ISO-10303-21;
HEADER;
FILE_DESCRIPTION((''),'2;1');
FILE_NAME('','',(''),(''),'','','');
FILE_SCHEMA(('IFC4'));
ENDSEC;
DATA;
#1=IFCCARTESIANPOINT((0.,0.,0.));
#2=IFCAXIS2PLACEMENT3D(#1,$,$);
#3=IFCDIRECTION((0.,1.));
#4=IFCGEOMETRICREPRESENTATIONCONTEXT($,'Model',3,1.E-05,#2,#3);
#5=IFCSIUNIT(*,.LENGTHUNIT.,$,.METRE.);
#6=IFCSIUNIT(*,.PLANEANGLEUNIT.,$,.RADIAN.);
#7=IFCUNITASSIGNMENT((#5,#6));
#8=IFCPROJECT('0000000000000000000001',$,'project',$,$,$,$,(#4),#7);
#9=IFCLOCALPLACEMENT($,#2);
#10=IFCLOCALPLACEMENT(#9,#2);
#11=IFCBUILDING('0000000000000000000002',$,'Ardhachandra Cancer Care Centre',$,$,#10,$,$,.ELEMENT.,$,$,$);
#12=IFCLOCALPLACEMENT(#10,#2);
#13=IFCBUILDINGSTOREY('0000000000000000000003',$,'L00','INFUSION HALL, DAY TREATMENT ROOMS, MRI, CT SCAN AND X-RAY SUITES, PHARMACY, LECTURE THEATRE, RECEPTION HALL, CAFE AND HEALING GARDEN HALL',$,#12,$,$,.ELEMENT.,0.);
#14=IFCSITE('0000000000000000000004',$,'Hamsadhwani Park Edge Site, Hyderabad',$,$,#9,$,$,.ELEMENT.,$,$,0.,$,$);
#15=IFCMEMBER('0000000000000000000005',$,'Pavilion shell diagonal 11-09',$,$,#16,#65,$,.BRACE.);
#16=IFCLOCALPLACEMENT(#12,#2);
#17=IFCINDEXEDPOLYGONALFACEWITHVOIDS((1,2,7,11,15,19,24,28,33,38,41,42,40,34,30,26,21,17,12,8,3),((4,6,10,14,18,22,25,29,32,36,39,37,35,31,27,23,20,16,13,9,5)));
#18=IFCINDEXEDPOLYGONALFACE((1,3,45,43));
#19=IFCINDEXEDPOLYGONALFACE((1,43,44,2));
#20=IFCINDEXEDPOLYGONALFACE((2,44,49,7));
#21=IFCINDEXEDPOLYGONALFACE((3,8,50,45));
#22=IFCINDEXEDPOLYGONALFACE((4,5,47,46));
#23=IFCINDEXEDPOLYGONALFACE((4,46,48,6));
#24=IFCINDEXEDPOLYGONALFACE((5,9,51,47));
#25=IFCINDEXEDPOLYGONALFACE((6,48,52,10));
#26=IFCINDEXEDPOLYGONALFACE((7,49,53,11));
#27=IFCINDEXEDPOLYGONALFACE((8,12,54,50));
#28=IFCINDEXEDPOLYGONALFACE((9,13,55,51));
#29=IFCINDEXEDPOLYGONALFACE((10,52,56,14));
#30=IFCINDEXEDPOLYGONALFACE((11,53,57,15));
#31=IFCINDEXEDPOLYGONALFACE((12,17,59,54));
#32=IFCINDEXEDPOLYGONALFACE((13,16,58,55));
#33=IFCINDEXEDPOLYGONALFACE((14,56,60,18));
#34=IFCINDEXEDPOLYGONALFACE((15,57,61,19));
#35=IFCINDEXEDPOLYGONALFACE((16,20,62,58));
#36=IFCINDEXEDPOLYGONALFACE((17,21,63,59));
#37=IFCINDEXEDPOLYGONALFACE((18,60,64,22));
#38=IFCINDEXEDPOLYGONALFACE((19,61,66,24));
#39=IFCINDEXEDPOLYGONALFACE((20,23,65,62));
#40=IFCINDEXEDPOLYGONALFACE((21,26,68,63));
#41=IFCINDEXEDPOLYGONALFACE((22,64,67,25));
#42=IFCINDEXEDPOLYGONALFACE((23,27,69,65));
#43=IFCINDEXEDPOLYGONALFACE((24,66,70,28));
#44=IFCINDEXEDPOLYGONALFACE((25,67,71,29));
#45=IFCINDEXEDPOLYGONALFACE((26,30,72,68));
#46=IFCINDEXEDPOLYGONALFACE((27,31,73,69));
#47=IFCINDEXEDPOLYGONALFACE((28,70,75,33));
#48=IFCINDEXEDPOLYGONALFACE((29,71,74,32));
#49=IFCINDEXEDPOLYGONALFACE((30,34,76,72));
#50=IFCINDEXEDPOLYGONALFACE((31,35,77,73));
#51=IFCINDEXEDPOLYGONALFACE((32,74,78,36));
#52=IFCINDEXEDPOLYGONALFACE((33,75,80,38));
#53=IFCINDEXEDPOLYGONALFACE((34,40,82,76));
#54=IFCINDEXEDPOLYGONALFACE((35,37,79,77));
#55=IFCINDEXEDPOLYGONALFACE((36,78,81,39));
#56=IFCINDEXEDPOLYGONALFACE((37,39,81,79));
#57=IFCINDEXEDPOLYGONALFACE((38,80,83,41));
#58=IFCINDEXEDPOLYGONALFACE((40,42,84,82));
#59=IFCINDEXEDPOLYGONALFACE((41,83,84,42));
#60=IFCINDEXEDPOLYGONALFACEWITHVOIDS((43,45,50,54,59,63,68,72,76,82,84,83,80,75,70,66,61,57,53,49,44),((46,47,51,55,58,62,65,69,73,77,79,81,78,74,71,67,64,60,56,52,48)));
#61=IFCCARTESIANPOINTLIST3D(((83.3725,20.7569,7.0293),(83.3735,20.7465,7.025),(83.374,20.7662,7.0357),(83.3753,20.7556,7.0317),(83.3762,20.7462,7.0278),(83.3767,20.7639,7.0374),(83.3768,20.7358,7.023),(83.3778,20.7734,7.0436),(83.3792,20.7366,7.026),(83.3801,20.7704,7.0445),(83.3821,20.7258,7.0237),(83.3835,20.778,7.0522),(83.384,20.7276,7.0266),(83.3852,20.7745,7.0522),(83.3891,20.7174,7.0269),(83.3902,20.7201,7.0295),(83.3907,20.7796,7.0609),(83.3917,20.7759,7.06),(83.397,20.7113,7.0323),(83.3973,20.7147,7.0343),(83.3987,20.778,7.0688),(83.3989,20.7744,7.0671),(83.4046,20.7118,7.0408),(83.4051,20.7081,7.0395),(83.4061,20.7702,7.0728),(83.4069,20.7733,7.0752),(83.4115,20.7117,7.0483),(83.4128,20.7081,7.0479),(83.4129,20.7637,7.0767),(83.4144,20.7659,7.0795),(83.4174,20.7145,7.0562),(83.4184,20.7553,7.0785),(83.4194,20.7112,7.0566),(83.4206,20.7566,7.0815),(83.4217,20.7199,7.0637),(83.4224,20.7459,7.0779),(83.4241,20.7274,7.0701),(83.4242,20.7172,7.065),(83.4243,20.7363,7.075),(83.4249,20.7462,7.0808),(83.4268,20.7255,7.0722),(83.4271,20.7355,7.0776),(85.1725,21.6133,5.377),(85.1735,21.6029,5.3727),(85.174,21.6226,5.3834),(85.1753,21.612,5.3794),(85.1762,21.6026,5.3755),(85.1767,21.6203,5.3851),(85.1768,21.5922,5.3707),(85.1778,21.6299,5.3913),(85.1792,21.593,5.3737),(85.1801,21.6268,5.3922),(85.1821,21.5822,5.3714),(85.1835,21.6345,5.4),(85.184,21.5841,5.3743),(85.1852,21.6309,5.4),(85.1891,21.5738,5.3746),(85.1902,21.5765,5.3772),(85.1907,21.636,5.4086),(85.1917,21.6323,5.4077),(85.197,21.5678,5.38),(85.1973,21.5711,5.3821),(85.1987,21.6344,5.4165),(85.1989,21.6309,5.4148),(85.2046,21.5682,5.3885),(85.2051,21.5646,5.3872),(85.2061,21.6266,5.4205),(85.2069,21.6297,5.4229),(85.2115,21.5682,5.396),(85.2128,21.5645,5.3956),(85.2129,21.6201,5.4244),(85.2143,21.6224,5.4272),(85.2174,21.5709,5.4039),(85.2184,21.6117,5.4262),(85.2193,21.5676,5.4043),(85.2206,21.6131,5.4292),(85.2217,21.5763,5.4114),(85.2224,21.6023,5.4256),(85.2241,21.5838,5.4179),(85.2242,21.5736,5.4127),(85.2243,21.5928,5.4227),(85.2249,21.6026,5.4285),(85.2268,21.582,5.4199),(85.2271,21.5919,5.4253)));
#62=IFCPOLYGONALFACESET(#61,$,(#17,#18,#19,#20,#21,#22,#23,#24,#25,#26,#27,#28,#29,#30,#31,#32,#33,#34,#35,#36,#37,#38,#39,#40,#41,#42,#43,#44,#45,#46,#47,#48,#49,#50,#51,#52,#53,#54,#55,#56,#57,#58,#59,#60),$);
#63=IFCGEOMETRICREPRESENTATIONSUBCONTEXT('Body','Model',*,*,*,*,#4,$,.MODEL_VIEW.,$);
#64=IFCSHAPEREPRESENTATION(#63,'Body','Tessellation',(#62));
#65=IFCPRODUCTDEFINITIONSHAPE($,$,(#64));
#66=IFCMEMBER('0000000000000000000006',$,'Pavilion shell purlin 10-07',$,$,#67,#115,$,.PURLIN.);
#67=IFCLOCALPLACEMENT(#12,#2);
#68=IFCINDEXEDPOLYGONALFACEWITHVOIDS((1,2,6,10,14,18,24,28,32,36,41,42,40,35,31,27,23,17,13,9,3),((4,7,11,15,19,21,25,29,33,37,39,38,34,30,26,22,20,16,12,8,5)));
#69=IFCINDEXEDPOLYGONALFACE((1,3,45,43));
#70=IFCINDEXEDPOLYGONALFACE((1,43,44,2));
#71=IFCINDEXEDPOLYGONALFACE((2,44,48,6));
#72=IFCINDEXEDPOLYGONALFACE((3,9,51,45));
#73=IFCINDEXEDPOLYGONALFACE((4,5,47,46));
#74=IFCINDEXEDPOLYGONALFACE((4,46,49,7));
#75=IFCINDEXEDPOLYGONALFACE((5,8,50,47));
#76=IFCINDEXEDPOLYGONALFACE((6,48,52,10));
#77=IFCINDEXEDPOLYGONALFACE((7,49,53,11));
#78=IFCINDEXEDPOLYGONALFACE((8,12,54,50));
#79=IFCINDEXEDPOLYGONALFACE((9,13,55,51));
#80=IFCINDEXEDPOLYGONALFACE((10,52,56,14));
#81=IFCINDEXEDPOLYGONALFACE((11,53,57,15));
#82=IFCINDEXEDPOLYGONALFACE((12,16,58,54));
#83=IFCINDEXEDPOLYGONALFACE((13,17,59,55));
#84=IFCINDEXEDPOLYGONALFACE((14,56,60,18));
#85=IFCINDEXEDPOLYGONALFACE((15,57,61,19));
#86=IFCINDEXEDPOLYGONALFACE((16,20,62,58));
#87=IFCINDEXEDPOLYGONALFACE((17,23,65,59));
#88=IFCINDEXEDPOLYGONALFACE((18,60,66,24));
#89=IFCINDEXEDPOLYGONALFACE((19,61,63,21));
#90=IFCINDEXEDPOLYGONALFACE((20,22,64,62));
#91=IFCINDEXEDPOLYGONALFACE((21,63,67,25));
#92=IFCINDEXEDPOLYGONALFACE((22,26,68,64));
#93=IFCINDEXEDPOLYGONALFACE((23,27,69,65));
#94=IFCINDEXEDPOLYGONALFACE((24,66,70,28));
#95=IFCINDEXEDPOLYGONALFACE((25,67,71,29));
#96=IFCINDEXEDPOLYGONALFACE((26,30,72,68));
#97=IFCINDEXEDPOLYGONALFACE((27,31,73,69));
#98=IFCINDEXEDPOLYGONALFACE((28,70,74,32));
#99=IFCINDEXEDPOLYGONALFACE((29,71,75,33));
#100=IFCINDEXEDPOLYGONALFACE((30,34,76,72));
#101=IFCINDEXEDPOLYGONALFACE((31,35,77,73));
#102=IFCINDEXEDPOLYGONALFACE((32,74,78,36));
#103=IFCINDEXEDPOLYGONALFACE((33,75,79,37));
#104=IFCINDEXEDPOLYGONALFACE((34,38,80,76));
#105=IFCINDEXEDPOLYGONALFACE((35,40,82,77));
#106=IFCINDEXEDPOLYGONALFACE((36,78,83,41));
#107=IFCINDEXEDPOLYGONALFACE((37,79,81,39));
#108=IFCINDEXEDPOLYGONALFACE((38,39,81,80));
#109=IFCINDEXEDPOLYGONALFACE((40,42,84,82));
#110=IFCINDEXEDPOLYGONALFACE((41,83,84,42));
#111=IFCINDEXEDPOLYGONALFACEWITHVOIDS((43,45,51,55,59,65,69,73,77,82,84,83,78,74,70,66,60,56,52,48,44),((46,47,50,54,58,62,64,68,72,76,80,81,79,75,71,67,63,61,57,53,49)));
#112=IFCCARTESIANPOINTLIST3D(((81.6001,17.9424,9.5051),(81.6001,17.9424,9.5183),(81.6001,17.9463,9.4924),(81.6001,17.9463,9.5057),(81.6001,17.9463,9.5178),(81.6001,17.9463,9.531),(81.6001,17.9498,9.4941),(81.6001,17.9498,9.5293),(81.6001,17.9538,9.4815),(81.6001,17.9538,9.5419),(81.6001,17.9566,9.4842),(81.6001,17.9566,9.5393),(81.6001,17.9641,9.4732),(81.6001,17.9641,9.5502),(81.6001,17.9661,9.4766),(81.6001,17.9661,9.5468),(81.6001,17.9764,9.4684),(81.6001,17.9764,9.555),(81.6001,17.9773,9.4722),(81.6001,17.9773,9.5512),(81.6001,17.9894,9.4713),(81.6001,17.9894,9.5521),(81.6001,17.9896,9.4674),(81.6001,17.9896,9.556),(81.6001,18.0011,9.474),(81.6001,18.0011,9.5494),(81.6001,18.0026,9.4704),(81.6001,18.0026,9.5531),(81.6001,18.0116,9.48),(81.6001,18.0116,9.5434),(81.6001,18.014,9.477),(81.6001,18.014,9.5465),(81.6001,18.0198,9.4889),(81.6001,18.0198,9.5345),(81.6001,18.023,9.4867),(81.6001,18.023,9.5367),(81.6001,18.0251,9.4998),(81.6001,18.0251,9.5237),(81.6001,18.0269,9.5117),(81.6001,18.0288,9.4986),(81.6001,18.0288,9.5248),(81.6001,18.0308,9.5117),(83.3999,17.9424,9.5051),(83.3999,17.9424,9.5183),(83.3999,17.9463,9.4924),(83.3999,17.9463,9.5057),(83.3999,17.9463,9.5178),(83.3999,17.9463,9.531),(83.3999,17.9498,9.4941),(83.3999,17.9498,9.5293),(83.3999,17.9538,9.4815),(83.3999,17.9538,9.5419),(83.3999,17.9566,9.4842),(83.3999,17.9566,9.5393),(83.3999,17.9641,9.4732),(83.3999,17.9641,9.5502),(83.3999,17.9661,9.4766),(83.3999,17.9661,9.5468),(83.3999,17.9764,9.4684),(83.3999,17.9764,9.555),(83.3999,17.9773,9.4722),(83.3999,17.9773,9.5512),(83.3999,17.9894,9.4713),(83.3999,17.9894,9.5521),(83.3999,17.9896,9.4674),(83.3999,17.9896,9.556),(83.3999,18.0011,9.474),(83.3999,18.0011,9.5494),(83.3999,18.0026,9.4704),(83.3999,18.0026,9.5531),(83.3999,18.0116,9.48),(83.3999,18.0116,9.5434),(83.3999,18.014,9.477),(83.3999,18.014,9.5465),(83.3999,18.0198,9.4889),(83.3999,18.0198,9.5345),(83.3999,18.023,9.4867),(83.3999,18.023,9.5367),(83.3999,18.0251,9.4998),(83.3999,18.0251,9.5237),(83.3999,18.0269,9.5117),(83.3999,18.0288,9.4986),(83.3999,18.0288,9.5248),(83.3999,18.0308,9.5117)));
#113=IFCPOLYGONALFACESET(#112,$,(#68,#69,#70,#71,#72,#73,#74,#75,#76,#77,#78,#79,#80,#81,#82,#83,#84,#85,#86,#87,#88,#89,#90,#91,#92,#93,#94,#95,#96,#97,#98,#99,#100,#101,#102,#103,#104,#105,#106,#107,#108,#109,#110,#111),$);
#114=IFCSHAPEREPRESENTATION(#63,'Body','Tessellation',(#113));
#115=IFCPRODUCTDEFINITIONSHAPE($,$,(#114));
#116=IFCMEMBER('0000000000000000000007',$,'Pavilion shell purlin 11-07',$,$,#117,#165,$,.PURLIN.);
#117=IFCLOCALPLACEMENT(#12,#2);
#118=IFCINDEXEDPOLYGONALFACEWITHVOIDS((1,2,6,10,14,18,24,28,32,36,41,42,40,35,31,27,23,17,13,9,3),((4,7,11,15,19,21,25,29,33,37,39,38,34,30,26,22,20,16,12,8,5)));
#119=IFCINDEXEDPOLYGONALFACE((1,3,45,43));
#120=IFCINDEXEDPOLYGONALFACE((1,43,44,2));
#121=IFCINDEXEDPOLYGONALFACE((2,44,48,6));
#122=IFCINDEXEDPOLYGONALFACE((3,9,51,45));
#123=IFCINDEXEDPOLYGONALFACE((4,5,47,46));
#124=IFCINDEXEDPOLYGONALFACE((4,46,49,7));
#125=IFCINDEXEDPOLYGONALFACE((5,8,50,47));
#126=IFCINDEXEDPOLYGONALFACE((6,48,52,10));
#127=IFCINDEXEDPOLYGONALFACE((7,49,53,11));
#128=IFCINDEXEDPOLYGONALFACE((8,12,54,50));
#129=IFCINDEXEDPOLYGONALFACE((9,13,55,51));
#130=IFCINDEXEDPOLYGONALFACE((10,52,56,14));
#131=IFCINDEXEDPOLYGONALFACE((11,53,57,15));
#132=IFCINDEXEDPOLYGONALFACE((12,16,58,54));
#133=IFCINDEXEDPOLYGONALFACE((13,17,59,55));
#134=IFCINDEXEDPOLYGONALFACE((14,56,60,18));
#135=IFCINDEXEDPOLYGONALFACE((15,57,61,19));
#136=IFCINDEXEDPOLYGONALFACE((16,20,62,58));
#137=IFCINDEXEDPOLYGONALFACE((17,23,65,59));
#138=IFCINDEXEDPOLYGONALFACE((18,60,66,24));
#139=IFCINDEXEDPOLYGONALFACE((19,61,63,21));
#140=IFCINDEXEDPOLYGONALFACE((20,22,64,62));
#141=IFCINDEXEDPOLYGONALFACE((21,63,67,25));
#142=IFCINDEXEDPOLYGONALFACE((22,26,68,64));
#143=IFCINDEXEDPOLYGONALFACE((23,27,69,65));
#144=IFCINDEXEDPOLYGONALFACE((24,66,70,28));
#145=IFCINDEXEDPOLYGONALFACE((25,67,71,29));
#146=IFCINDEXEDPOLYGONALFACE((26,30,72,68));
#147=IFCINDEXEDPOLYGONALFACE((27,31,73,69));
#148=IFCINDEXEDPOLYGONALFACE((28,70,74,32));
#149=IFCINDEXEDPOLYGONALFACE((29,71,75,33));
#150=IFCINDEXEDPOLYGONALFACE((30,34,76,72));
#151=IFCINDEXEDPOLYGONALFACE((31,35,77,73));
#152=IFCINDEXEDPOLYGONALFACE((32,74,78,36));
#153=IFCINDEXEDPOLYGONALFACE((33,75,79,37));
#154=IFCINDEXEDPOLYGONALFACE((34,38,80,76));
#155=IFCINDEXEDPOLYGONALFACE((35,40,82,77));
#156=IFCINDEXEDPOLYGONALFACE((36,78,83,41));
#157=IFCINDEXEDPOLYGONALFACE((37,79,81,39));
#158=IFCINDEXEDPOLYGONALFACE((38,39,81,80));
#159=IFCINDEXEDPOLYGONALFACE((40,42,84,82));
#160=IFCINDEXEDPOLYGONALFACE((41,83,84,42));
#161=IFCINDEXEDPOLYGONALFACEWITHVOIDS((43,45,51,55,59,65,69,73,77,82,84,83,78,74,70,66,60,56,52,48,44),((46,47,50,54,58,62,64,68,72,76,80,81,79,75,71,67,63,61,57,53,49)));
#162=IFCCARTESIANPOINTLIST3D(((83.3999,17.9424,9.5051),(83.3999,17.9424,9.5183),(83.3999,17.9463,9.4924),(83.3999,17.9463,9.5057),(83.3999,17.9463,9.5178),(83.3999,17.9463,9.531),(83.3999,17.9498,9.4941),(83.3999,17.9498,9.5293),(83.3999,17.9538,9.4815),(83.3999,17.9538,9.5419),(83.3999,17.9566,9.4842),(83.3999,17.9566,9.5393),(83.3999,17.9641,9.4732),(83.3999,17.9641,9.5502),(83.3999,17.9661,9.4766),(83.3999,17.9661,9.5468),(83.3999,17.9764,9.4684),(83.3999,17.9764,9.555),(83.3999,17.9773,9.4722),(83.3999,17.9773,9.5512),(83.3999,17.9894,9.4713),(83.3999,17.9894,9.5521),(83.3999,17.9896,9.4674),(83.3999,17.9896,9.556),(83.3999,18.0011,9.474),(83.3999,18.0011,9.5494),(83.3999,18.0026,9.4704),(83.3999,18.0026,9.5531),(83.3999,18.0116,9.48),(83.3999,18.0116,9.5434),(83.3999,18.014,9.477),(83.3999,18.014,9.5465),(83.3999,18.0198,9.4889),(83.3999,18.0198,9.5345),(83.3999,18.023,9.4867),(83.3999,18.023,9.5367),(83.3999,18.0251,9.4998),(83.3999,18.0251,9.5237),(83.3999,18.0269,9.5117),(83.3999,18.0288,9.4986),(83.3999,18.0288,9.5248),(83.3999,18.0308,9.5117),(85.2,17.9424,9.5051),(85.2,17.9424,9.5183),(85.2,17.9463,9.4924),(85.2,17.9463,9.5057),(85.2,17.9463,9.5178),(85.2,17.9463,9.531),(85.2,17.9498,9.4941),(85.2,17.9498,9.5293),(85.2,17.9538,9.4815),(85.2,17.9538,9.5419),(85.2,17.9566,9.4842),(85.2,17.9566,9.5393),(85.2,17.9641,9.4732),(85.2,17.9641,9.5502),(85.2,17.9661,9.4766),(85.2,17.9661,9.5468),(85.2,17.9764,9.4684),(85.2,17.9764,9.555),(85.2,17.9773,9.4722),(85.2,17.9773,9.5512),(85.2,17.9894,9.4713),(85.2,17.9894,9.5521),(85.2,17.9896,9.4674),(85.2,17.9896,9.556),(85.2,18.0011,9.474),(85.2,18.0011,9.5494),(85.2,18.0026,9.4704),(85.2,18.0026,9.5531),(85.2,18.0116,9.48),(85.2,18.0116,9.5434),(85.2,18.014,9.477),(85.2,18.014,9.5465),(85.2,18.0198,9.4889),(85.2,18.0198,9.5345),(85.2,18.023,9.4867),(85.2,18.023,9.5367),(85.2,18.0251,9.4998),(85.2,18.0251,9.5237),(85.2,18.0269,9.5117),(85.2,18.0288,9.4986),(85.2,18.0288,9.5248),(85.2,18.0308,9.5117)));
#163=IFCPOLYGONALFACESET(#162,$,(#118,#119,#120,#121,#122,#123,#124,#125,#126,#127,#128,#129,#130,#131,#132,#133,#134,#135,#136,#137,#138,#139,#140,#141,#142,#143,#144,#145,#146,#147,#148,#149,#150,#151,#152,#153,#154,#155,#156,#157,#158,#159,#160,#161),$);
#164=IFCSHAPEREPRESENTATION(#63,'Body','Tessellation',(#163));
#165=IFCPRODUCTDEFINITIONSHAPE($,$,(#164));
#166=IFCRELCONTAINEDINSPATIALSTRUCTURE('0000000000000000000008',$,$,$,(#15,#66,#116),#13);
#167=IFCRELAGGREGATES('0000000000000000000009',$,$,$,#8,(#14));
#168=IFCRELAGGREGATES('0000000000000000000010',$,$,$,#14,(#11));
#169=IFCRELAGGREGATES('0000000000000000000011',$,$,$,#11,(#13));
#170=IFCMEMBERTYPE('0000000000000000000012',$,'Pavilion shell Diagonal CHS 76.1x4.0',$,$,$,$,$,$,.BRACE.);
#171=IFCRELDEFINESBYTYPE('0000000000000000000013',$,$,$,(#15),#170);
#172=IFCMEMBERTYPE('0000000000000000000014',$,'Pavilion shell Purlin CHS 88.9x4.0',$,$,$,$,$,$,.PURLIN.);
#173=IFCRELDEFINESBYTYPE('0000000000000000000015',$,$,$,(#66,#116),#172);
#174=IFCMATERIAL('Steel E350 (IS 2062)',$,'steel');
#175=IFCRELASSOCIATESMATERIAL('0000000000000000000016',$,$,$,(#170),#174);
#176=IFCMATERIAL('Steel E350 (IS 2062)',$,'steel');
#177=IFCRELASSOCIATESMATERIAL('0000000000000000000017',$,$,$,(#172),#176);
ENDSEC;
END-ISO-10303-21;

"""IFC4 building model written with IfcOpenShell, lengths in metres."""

from ifc_helpers import new_model, si_unit, direction, frame, origin, origin_2d, place, context, subcontext, project, spatial, hollow_circle, extrude, material, material_profile, profile_set, type_object, element, save


model = new_model("IFC4")

# Units and contexts
model_context = context("Model", 3, precision=1e-05, world=origin(), true_north=direction((0.0, 1.0)))
body_context = subcontext(model_context, "Body", "Model", "MODEL_VIEW")
ifc_project = project(units=[si_unit("LENGTHUNIT", "METRE"), si_unit("PLANEANGLEUNIT", "RADIAN")], contexts=[model_context])

# Site, building, storey
site_placement = place(None, origin())
site = spatial("IfcSite", under=ifc_project, at=site_placement, Name="Hamsadhwani Park Edge Site, Hyderabad", CompositionType="ELEMENT", RefElevation=0.0)
building_placement = place(site_placement, origin())
building = spatial("IfcBuilding", under=site, at=building_placement, Name="Ardhachandra Cancer Care Centre", CompositionType="ELEMENT")
storey_placement = place(building_placement, origin())
storey = spatial("IfcBuildingStorey", under=building, at=storey_placement, Name="L00", Description="INFUSION HALL, DAY TREATMENT ROOMS, MRI, CT SCAN AND X-RAY SUITES, PHARMACY, LECTURE THEATRE, RECEPTION HALL, CAFE AND HEALING GARDEN HALL", CompositionType="ELEMENT", Elevation=0.0)

# Members
ifc_material_1 = material(Name="Steel E350 (IS 2062)", Category="steel")
ifc_material_profile_1 = material_profile(ifc_material_1, hollow_circle(Radius=0.0381, WallThickness=0.0039, at=origin_2d()), Name="CHS 76.1x4.0")
ifc_profile_set_1 = profile_set([ifc_material_profile_1], Name="Steel E350 (IS 2062)")
member_type_1 = type_object("IfcMemberType", Name="Pavilion shell Diagonal CHS 76.1x4.0", PredefinedType="BRACE", material=ifc_profile_set_1)
member_1_placement = place(storey_placement, frame((83.3999, 20.7437, 7.0522), z_axis=(0.695216, 0.330777, -0.63817), x_axis=(-0.429639, 0.903001, 0.0)))
element("IfcMember", 1, at=member_1_placement, inside=storey, type_object=member_type_1, Name="Pavilion shell diagonal 11-09", PredefinedType="BRACE", context=body_context, shape_type="SweptSolid", body=[
    extrude(hollow_circle(Radius=0.0381, WallThickness=0.0039, at=origin_2d()), origin(), (0.0, 0.0, 1.0), 2.5891),
])
ifc_material_2 = material(Name="Steel E350 (IS 2062)", Category="steel")
ifc_material_profile_2 = material_profile(ifc_material_2, hollow_circle(Radius=0.0444, WallThickness=0.0039, at=origin_2d()), Name="CHS 88.9x4.0")
ifc_profile_set_2 = profile_set([ifc_material_profile_2], Name="Steel E350 (IS 2062)")
member_type_2 = type_object("IfcMemberType", Name="Pavilion shell Purlin CHS 88.9x4.0", PredefinedType="PURLIN", material=ifc_profile_set_2)
member_2_placement = place(storey_placement, frame((81.6001, 17.9863, 9.5117), z_axis=(1.0, 0.0, 0.0), x_axis=(0.0, 1.0, 0.0)))
element("IfcMember", 2, at=member_2_placement, inside=storey, type_object=member_type_2, Name="Pavilion shell purlin 10-07", PredefinedType="PURLIN", context=body_context, shape_type="SweptSolid", body=[
    extrude(hollow_circle(Radius=0.0444, WallThickness=0.0039, at=origin_2d()), origin(), (0.0, 0.0, 1.0), 1.7998),
])
member_3_placement = place(storey_placement, frame((83.3999, 17.9863, 9.5117), z_axis=(1.0, 0.0, 0.0), x_axis=(0.0, 1.0, 0.0)))
element("IfcMember", 3, at=member_3_placement, inside=storey, type_object=member_type_2, Name="Pavilion shell purlin 11-07", PredefinedType="PURLIN", context=body_context, shape_type="SweptSolid", body=[
    extrude(hollow_circle(Radius=0.0444, WallThickness=0.0039, at=origin_2d()), origin(), (0.0, 0.0, 1.0), 1.8),
])

save(model, "model.ifc")
